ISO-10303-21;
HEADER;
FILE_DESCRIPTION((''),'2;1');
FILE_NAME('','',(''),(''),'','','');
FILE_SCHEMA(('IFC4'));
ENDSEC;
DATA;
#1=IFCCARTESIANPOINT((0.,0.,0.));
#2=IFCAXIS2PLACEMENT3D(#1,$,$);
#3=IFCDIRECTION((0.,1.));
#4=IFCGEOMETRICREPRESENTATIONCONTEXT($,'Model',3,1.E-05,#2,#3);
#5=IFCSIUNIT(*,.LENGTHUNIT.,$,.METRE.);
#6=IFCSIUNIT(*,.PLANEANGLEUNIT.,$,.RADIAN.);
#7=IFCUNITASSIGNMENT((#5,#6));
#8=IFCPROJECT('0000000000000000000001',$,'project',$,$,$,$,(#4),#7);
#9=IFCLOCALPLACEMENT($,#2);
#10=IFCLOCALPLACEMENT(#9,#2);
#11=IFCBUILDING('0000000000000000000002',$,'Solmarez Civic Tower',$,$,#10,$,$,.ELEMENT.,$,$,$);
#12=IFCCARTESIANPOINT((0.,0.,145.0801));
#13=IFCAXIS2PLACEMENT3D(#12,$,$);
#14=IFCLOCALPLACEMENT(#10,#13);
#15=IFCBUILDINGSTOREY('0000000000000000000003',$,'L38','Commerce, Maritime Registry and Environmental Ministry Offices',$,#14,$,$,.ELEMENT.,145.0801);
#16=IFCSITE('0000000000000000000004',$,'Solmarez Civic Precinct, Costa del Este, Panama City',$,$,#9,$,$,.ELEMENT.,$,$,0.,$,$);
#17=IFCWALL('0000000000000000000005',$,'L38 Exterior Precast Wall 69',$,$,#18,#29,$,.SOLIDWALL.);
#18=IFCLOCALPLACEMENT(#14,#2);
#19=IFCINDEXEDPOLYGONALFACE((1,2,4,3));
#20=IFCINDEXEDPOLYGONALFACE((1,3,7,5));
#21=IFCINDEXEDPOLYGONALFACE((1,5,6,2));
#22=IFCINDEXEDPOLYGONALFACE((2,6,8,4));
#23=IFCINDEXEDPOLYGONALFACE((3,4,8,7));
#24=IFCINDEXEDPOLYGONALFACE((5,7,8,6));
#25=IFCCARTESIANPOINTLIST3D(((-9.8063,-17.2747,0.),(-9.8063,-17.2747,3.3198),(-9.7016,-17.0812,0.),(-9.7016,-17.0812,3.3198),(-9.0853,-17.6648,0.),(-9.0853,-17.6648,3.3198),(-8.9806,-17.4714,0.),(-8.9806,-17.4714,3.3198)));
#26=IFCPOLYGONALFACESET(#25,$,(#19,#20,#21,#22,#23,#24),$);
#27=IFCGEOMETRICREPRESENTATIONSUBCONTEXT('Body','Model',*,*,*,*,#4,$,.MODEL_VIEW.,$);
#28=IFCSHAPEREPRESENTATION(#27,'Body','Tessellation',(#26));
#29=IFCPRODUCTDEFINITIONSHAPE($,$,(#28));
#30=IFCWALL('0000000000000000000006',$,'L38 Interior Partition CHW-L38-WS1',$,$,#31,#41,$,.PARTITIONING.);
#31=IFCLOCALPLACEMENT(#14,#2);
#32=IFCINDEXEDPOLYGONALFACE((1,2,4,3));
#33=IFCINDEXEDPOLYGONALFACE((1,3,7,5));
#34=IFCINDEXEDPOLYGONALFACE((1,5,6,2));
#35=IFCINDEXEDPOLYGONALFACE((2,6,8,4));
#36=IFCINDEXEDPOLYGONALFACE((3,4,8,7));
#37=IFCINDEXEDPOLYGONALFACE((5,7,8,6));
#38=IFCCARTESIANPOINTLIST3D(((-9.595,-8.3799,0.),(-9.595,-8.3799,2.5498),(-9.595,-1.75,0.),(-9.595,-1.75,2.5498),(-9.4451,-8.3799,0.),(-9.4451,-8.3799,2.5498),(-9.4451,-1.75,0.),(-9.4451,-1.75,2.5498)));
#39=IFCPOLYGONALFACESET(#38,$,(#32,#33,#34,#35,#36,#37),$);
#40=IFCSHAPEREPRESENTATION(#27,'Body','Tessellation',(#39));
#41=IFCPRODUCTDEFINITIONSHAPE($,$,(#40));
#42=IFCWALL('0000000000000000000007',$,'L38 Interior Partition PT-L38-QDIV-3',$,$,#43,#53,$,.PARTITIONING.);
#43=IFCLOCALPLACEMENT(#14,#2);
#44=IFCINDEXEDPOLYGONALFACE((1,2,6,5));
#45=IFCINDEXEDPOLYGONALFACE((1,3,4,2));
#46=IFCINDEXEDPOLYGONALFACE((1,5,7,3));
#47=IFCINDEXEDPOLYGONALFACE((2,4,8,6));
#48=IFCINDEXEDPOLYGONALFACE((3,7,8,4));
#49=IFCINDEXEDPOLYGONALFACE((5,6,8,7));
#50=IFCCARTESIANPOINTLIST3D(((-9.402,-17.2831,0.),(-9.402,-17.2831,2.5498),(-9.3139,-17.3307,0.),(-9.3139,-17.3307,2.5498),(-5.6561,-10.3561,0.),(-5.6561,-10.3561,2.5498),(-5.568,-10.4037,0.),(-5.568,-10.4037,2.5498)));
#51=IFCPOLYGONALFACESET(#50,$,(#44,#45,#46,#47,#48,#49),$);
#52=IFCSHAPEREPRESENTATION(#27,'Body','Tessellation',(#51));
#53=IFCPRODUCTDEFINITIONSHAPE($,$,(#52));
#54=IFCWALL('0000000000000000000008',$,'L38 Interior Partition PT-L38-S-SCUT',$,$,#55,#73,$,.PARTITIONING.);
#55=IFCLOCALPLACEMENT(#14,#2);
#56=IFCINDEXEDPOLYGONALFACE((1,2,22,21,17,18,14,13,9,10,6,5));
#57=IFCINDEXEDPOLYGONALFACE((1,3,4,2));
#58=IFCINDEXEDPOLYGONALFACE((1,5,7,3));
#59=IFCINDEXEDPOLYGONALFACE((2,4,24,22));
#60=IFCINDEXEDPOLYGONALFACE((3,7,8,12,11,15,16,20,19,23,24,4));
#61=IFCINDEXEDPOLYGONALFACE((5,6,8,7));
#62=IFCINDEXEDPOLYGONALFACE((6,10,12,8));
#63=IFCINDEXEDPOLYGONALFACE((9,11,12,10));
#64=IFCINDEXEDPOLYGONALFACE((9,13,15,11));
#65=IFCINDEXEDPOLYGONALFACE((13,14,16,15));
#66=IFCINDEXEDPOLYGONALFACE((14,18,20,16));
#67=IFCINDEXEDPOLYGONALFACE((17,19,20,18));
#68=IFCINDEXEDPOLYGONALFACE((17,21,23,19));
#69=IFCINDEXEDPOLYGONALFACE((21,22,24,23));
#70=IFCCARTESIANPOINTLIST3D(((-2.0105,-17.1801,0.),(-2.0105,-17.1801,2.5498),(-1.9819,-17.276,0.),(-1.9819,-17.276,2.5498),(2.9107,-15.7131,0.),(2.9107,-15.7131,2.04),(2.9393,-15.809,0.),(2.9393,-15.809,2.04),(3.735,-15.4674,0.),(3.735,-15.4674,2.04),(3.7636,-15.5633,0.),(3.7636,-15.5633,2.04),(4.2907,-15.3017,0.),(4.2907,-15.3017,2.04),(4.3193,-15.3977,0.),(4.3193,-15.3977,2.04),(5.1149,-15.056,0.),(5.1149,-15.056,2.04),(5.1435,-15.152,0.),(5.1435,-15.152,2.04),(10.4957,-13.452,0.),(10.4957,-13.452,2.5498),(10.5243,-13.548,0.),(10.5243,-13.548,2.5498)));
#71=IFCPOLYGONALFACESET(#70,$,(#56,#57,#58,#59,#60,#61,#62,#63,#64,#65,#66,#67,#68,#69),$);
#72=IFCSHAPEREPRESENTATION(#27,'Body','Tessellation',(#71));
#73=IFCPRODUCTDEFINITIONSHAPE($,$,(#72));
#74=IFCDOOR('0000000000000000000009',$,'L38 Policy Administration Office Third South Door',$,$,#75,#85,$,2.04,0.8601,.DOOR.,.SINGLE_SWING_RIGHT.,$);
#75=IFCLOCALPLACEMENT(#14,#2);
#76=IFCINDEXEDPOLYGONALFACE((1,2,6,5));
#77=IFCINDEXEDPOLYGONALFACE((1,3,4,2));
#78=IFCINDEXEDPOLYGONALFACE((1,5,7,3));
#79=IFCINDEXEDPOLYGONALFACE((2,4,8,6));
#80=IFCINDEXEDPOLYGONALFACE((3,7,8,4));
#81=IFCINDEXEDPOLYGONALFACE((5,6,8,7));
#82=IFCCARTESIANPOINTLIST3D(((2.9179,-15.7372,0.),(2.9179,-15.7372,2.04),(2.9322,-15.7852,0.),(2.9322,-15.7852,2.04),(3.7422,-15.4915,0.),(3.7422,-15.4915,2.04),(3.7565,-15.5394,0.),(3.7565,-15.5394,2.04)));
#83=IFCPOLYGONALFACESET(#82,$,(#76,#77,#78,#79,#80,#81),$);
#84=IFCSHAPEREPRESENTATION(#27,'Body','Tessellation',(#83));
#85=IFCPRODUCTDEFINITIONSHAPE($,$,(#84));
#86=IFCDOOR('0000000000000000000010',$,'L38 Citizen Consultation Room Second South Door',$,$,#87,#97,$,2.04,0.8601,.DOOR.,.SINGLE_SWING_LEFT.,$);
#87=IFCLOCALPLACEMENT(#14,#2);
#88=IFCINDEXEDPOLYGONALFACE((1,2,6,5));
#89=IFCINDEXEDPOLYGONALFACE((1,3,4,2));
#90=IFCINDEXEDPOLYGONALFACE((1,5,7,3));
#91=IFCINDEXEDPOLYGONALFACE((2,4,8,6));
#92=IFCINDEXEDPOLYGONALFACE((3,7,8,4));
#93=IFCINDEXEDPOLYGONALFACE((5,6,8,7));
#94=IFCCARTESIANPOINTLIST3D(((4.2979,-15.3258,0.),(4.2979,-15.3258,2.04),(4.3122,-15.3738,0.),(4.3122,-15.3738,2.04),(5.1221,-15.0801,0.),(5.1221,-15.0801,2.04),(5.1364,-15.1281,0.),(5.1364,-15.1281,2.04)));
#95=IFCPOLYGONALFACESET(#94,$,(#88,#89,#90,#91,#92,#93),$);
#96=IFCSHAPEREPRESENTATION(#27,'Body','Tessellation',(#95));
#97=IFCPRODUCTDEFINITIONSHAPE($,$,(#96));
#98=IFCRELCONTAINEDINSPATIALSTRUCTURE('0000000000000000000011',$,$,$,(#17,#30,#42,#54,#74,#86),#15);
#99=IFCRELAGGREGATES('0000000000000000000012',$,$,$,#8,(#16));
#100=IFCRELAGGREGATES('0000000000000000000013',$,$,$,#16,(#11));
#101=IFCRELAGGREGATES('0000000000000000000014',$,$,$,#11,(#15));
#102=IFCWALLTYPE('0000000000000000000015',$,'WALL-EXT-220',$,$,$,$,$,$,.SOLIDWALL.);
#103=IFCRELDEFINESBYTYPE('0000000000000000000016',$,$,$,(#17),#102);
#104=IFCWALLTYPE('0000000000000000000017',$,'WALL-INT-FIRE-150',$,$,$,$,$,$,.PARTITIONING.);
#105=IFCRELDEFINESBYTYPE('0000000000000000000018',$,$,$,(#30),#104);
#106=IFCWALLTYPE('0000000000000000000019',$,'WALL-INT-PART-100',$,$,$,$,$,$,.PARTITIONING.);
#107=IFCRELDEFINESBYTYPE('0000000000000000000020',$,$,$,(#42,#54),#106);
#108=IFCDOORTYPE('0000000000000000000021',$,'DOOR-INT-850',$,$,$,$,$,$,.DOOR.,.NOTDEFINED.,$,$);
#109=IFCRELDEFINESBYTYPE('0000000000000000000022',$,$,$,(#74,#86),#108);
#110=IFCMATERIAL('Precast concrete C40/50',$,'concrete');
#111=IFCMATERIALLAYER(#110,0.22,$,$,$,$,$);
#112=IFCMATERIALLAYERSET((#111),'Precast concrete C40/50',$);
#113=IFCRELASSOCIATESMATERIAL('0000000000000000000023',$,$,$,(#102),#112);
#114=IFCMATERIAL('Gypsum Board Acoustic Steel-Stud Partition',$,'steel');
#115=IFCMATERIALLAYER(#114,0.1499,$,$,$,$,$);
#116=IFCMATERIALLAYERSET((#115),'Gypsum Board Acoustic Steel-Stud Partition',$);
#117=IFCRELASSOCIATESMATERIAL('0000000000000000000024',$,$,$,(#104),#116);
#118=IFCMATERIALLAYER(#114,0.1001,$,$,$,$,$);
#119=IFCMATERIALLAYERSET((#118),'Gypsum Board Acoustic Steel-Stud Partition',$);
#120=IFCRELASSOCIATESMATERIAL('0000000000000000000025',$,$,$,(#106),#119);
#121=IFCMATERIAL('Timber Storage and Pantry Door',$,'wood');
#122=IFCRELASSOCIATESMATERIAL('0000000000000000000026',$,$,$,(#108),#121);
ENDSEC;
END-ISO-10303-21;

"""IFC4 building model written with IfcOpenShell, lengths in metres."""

from ifc_helpers import new_model, si_unit, direction, frame, frame_2d, origin, place, context, subcontext, project, spatial, rectangle, extrude, material, layer, layer_set, type_object, element, fill, save


model = new_model("IFC4")

# Units and contexts
model_context = context("Model", 3, precision=1e-05, world=origin(), true_north=direction((0.0, 1.0)))
body_context = subcontext(model_context, "Body", "Model", "MODEL_VIEW")
ifc_project = project(units=[si_unit("LENGTHUNIT", "METRE"), si_unit("PLANEANGLEUNIT", "RADIAN")], contexts=[model_context])

# Site, building, storey
site_placement = place(None, origin())
site = spatial("IfcSite", under=ifc_project, at=site_placement, Name="Solmarez Civic Precinct, Costa del Este, Panama City", CompositionType="ELEMENT", RefElevation=0.0)
building_placement = place(site_placement, origin())
building = spatial("IfcBuilding", under=site, at=building_placement, Name="Solmarez Civic Tower", CompositionType="ELEMENT")
storey_placement = place(building_placement, frame((0.0, 0.0, 145.0801)))
storey = spatial("IfcBuildingStorey", under=building, at=storey_placement, Name="L38", Description="Commerce, Maritime Registry and Environmental Ministry Offices", CompositionType="ELEMENT", Elevation=145.0801)

# Walls
ifc_material_1 = material(Name="Precast concrete C40/50", Category="concrete")
ifc_layer_1 = layer(ifc_material_1, 0.22)
ifc_layer_set_1 = layer_set([ifc_layer_1], Name="Precast concrete C40/50")
wall_type_1 = type_object("IfcWallType", Name="WALL-EXT-220", PredefinedType="SOLIDWALL", material=ifc_layer_set_1)
wall_1_placement = place(storey_placement, frame((-9.033, -17.5681, 0.0), z_axis=(0.0, 0.0, 1.0), x_axis=(-0.879484, 0.475928, 0.0)))
element("IfcWall", 1, at=wall_1_placement, inside=storey, type_object=wall_type_1, Name="L38 Exterior Precast Wall 69", PredefinedType="SOLIDWALL", context=body_context, shape_type="SweptSolid", body=[
    extrude(rectangle(XDim=0.8198, YDim=0.22, at=frame_2d((0.4099, 0.0))), origin(), (0.0, 0.0, 1.0), 3.3198),
])
ifc_material_2 = material(Name="Gypsum Board Acoustic Steel-Stud Partition", Category="steel")
ifc_layer_2 = layer(ifc_material_2, 0.1499)
ifc_layer_set_2 = layer_set([ifc_layer_2], Name="Gypsum Board Acoustic Steel-Stud Partition")
wall_type_2 = type_object("IfcWallType", Name="WALL-INT-FIRE-150", PredefinedType="PARTITIONING", material=ifc_layer_set_2)
wall_2_placement = place(storey_placement, frame((-9.52, -8.3799, 0.0), z_axis=(0.0, 0.0, 1.0), x_axis=(0.0, 1.0, 0.0)))
element("IfcWall", 2, at=wall_2_placement, inside=storey, type_object=wall_type_2, Name="L38 Interior Partition CHW-L38-WS1", PredefinedType="PARTITIONING", context=body_context, shape_type="SweptSolid", body=[
    extrude(rectangle(XDim=6.6299, YDim=0.1499, at=frame_2d((3.3149, 0.0))), origin(), (0.0, 0.0, 1.0), 2.5498),
])
ifc_layer_3 = layer(ifc_material_2, 0.1001)
ifc_layer_set_3 = layer_set([ifc_layer_3], Name="Gypsum Board Acoustic Steel-Stud Partition")
wall_type_3 = type_object("IfcWallType", Name="WALL-INT-PART-100", PredefinedType="PARTITIONING", material=ifc_layer_set_3)
wall_3_placement = place(storey_placement, frame((-5.6121, -10.3799, 0.0), z_axis=(0.0, 0.0, 1.0), x_axis=(-0.475667, -0.879626, 0.0)))
element("IfcWall", 3, at=wall_3_placement, inside=storey, type_object=wall_type_3, Name="L38 Interior Partition PT-L38-QDIV-3", PredefinedType="PARTITIONING", context=body_context, shape_type="SweptSolid", body=[
    extrude(rectangle(XDim=7.875, YDim=0.1001, at=frame_2d((3.9375, 0.0))), origin(), (0.0, 0.0, 1.0), 2.5498),
])

# Wall, openings, doors
wall_4_placement = place(storey_placement, frame((-1.9961, -17.228, 0.0), z_axis=(0.0, 0.0, 1.0), x_axis=(0.958327, 0.285674, 0.0)))
wall_4 = element("IfcWall", 4, at=wall_4_placement, inside=storey, type_object=wall_type_3, Name="L38 Interior Partition PT-L38-S-SCUT", PredefinedType="PARTITIONING", context=body_context, shape_type="SweptSolid", body=[
    extrude(rectangle(XDim=13.05, YDim=0.1001, at=frame_2d((6.5249, 0.0))), origin(), (0.0, 0.0, 1.0), 2.5498),
])
opening_1_placement = place(wall_4_placement, frame((5.135, 0.0, 0.0)))
opening_1 = element("IfcOpeningElement", 5, at=opening_1_placement, cuts=wall_4, PredefinedType="OPENING", context=body_context, shape_type="SweptSolid", body=[
    extrude(rectangle(XDim=0.8601, YDim=2.04, at=frame_2d((0.4302, 1.02))), frame((0.0, 0.0601, 0.0), z_axis=(0.0, -1.0, 0.0), x_axis=(1.0, 0.0, 0.0)), (0.0, 0.0, 1.0), 0.1201),
])
opening_2_placement = place(wall_4_placement, frame((6.575, 0.0, 0.0)))
opening_2 = element("IfcOpeningElement", 6, at=opening_2_placement, cuts=wall_4, PredefinedType="OPENING", context=body_context, shape_type="SweptSolid", body=[
    extrude(rectangle(XDim=0.8601, YDim=2.04, at=frame_2d((0.4302, 1.02))), frame((0.0, 0.0601, 0.0), z_axis=(0.0, -1.0, 0.0), x_axis=(1.0, 0.0, 0.0)), (0.0, 0.0, 1.0), 0.1201),
])
ifc_material_3 = material(Name="Timber Storage and Pantry Door", Category="wood")
door_type = type_object("IfcDoorType", Name="DOOR-INT-850", OperationType="NOTDEFINED", PredefinedType="DOOR", material=ifc_material_3)
door_1_placement = place(opening_1_placement, origin())
door_1 = element("IfcDoor", 7, at=door_1_placement, inside=storey, type_object=door_type, Name="L38 Policy Administration Office Third South Door", OperationType="SINGLE_SWING_RIGHT", OverallHeight=2.04, OverallWidth=0.8601, PredefinedType="DOOR", context=body_context, shape_type="SweptSolid", body=[
    extrude(rectangle(XDim=0.8601, YDim=2.04, at=frame_2d((0.4302, 1.02))), frame((0.0, 0.0249, 0.0), z_axis=(0.0, -1.0, 0.0), x_axis=(1.0, 0.0, 0.0)), (0.0, 0.0, 1.0), 0.05),
])
fill(opening_1, door_1)
door_2_placement = place(opening_2_placement, origin())
door_2 = element("IfcDoor", 8, at=door_2_placement, inside=storey, type_object=door_type, Name="L38 Citizen Consultation Room Second South Door", OperationType="SINGLE_SWING_LEFT", OverallHeight=2.04, OverallWidth=0.8601, PredefinedType="DOOR", context=body_context, shape_type="SweptSolid", body=[
    extrude(rectangle(XDim=0.8601, YDim=2.04, at=frame_2d((0.4302, 1.02))), frame((0.0, 0.0249, 0.0), z_axis=(0.0, -1.0, 0.0), x_axis=(1.0, 0.0, 0.0)), (0.0, 0.0, 1.0), 0.05),
])
fill(opening_2, door_2)

save(model, "model.ifc")
